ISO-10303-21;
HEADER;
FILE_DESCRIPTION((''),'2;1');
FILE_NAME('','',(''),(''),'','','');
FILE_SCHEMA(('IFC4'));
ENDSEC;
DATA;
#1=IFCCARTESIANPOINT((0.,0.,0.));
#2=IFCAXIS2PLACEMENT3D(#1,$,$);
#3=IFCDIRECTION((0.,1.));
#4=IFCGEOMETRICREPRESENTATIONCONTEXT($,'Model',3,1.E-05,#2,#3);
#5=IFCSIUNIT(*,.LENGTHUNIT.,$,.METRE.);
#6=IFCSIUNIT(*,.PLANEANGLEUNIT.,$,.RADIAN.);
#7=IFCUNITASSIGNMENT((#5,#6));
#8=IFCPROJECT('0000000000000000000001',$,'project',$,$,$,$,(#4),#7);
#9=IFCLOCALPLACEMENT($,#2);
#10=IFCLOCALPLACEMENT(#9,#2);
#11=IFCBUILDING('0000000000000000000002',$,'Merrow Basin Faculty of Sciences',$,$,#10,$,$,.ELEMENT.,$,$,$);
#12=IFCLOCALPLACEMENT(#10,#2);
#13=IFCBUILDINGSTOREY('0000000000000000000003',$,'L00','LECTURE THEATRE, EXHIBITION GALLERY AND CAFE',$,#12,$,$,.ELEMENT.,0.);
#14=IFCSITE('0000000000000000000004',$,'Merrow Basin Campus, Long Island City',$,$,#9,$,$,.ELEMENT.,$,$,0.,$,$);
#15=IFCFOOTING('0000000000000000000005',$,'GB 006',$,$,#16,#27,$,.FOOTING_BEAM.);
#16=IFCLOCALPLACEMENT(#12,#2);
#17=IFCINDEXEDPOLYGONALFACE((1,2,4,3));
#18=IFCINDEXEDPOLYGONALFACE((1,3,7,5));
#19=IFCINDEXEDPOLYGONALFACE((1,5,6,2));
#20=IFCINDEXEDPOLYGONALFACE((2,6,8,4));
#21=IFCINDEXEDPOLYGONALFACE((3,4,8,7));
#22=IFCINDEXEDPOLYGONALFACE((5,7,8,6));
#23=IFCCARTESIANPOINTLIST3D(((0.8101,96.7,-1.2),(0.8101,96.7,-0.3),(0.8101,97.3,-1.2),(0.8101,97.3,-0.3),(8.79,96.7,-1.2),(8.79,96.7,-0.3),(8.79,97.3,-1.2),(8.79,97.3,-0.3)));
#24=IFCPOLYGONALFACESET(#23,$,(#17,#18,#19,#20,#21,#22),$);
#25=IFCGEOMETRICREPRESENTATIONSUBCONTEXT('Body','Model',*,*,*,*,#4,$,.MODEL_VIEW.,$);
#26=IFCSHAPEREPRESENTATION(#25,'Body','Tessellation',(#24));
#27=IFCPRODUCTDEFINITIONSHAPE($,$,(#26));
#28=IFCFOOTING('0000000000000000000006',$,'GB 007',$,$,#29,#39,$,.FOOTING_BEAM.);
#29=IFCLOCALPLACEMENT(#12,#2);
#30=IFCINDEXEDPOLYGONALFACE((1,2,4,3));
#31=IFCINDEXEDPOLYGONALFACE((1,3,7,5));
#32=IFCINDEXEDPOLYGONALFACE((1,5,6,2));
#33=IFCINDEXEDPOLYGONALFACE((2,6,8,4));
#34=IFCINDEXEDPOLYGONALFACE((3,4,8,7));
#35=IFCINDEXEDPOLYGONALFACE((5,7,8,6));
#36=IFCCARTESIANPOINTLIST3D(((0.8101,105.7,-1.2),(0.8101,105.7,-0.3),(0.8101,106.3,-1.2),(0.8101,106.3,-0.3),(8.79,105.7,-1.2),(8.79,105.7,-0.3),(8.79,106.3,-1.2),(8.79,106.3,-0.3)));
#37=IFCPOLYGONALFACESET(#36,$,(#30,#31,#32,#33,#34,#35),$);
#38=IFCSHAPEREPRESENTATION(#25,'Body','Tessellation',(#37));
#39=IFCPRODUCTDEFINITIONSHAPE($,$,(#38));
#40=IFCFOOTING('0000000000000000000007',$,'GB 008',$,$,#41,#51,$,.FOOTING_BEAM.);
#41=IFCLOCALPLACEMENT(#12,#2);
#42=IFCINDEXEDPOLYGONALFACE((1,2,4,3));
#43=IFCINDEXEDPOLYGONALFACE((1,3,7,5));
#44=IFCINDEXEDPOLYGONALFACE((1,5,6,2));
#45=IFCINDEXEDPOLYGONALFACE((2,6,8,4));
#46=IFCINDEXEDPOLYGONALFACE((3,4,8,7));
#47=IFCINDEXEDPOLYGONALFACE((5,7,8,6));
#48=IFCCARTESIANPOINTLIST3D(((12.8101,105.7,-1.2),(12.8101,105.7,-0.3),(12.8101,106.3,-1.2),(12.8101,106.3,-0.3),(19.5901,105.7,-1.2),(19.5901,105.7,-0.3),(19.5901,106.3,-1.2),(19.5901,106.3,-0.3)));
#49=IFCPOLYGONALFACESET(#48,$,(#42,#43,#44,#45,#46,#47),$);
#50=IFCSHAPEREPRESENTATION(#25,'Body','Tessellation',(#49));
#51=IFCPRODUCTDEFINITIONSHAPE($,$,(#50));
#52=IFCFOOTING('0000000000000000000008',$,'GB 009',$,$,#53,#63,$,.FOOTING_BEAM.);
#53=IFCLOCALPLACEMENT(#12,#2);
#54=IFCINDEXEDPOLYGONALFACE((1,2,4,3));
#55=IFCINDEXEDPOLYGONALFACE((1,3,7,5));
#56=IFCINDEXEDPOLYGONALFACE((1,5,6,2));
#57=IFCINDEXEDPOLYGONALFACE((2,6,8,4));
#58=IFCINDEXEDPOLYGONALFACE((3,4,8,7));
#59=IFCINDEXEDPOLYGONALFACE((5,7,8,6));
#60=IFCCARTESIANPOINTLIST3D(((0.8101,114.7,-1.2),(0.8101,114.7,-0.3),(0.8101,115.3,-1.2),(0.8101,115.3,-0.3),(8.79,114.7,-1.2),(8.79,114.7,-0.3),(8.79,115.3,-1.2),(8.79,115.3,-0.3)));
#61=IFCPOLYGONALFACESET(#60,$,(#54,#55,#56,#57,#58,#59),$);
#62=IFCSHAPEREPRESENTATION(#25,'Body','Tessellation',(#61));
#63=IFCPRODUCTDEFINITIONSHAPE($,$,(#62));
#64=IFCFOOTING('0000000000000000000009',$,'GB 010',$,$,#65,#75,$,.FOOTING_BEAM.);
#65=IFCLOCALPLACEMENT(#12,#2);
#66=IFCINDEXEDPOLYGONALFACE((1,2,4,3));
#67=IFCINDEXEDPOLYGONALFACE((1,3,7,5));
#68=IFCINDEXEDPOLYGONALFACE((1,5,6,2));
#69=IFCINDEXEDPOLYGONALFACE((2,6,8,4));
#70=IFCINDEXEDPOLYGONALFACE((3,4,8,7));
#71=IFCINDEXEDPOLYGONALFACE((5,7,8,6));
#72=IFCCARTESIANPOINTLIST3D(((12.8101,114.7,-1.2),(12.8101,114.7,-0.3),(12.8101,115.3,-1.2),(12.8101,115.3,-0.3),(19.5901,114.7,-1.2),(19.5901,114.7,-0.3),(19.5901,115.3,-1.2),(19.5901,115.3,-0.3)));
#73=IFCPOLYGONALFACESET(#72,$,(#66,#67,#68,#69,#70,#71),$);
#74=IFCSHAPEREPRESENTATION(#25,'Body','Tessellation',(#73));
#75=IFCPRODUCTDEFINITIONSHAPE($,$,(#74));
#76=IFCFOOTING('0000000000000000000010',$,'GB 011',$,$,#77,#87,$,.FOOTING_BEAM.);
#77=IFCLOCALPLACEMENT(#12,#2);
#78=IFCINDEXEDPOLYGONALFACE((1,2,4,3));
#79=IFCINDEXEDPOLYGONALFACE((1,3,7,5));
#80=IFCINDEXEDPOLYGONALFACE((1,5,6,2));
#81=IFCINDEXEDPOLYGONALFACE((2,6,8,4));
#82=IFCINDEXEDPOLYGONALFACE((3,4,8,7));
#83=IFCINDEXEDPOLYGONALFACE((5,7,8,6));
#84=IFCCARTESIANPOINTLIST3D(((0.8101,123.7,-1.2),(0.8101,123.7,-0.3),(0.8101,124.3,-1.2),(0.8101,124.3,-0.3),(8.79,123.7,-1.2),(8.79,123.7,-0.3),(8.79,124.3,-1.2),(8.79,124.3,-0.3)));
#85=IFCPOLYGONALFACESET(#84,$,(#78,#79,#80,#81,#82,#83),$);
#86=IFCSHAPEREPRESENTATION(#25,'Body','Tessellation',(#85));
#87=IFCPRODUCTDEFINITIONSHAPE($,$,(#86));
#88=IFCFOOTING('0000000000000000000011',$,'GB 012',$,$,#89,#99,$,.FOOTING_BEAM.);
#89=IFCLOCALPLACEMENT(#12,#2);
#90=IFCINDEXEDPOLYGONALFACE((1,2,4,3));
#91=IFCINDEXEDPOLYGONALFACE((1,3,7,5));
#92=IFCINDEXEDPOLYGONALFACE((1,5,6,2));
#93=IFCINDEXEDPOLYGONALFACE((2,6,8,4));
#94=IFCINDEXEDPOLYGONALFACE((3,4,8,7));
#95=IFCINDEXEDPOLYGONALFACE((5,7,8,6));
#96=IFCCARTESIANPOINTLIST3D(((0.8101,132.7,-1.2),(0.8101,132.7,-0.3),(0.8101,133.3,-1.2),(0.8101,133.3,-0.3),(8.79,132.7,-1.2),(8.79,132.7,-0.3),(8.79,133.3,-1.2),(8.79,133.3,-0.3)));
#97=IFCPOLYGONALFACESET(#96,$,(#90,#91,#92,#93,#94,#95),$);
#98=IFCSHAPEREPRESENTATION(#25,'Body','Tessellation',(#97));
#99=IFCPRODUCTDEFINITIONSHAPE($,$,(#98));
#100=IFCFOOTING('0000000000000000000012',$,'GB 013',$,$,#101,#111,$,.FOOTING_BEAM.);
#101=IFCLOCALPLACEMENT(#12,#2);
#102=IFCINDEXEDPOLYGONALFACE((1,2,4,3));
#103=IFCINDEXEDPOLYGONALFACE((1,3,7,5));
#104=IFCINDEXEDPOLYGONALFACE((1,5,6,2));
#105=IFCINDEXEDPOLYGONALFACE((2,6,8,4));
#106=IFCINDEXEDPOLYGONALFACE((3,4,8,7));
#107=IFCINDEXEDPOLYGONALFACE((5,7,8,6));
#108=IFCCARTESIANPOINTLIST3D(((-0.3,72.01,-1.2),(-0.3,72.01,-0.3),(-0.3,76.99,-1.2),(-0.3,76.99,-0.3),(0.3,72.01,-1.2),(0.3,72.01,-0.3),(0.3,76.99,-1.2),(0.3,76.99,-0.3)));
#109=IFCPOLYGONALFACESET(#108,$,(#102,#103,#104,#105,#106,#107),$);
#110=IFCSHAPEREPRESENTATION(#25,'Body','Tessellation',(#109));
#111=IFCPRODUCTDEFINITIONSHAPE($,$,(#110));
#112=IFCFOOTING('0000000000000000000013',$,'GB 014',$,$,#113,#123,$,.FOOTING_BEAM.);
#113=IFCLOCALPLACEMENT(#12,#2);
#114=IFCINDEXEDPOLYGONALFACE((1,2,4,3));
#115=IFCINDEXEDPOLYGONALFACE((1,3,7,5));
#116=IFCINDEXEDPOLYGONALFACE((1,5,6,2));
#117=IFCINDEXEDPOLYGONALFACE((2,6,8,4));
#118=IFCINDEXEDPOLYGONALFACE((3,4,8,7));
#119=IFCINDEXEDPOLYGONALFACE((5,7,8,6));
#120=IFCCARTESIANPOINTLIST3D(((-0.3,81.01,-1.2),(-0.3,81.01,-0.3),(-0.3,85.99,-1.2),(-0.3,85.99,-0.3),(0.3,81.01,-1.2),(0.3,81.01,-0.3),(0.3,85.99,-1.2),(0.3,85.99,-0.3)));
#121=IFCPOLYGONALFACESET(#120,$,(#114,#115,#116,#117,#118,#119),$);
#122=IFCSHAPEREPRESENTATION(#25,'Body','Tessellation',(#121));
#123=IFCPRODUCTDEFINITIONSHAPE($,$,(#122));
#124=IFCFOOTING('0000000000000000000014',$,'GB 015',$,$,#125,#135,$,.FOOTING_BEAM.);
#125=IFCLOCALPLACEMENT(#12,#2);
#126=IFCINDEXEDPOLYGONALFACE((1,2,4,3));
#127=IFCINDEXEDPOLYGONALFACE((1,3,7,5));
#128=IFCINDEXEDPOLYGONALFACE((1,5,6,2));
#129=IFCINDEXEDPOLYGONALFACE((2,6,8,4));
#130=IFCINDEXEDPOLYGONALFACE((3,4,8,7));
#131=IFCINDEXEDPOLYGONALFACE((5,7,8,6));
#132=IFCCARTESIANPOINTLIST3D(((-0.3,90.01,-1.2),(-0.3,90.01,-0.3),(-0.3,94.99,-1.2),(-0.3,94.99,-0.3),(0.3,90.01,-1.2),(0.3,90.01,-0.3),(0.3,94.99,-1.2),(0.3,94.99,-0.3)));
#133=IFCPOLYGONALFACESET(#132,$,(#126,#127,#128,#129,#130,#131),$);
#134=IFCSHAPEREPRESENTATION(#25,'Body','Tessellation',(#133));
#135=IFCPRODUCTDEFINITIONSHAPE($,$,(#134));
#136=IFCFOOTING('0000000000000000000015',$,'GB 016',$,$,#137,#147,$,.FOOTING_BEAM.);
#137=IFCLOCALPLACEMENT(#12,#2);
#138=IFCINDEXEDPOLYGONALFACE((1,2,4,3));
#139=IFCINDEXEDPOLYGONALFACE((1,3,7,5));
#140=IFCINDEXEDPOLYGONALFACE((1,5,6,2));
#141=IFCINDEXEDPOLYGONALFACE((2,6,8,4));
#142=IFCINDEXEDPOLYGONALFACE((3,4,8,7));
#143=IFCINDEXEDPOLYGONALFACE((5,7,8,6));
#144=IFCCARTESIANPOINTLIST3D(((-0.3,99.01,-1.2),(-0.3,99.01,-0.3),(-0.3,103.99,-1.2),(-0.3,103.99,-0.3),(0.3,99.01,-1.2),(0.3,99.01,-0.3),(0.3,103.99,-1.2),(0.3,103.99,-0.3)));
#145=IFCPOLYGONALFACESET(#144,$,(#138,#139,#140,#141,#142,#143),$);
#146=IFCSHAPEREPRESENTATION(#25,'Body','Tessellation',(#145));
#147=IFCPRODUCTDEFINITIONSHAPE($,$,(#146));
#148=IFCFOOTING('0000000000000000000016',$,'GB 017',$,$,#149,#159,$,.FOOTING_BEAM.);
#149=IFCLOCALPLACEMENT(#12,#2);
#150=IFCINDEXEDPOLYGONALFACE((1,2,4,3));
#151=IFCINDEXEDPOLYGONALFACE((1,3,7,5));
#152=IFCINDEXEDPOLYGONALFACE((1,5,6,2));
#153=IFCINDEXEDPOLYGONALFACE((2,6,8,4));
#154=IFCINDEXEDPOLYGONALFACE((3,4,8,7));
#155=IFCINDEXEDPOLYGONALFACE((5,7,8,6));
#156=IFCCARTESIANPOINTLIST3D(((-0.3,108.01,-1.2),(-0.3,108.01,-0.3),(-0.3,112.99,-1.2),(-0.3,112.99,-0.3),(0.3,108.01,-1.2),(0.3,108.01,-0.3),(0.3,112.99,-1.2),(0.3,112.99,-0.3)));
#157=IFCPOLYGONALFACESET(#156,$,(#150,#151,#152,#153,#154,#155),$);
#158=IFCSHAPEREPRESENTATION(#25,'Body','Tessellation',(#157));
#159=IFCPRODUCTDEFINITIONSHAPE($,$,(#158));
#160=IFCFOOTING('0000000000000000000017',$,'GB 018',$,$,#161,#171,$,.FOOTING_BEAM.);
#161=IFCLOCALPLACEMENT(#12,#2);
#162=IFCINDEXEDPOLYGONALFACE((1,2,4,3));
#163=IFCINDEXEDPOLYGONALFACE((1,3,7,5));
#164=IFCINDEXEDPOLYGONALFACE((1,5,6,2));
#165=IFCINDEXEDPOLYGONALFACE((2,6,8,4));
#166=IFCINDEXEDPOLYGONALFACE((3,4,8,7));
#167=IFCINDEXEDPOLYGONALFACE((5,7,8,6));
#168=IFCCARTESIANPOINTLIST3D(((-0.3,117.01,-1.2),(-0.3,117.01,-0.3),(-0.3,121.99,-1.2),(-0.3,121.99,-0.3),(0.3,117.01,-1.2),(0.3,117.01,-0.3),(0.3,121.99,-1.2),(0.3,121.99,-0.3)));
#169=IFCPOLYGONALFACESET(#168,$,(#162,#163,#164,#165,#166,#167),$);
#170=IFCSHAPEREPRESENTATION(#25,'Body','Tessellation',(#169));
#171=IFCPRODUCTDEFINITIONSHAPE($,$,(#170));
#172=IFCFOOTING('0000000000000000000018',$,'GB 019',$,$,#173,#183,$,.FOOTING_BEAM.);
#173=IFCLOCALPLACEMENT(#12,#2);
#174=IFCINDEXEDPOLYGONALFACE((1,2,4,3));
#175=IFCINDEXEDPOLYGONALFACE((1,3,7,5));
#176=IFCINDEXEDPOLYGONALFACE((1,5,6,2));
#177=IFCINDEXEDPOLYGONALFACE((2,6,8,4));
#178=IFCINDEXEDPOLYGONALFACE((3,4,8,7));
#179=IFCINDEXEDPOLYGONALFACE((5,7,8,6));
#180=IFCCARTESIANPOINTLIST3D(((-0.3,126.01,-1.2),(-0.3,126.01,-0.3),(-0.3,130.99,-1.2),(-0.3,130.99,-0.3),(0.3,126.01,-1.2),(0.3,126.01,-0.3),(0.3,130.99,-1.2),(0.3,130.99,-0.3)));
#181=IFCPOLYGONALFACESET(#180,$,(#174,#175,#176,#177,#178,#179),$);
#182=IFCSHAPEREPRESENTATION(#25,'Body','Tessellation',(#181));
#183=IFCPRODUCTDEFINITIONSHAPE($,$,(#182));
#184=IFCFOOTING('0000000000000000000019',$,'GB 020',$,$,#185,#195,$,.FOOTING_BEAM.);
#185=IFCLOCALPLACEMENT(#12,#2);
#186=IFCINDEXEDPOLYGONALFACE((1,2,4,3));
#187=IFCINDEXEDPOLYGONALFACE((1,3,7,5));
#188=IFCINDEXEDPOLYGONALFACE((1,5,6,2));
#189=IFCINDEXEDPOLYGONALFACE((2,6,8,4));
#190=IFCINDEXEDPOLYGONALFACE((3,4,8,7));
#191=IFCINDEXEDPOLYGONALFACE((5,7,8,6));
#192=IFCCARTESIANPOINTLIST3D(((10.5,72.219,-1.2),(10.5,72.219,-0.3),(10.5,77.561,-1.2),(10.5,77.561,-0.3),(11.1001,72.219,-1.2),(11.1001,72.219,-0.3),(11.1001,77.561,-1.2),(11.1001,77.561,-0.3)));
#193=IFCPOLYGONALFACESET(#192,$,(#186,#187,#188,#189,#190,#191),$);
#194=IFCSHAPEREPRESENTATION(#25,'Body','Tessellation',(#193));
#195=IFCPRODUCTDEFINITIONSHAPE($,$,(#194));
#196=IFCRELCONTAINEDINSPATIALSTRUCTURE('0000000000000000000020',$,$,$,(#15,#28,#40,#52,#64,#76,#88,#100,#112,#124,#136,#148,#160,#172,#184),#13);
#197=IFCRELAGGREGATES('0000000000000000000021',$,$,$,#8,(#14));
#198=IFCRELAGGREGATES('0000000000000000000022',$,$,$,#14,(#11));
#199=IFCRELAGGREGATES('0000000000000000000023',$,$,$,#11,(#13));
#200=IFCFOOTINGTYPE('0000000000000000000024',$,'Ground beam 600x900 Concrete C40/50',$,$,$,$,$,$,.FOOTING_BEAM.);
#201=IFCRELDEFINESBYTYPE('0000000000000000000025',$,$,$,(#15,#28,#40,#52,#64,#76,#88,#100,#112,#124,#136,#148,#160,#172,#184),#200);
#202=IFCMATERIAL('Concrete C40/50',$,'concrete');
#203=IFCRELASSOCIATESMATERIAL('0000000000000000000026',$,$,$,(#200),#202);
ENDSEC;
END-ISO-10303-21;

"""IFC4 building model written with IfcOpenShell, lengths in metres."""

from ifc_helpers import new_model, si_unit, direction, frame, origin, place, context, subcontext, project, spatial, polyline, outline, extrude, material, type_object, element, save


model = new_model("IFC4")

# Units and contexts
model_context = context("Model", 3, precision=1e-05, world=origin(), true_north=direction((0.0, 1.0)))
body_context = subcontext(model_context, "Body", "Model", "MODEL_VIEW")
ifc_project = project(units=[si_unit("LENGTHUNIT", "METRE"), si_unit("PLANEANGLEUNIT", "RADIAN")], contexts=[model_context])

# Site, building, storey
site_placement = place(None, origin())
site = spatial("IfcSite", under=ifc_project, at=site_placement, Name="Merrow Basin Campus, Long Island City", CompositionType="ELEMENT", RefElevation=0.0)
building_placement = place(site_placement, origin())
building = spatial("IfcBuilding", under=site, at=building_placement, Name="Merrow Basin Faculty of Sciences", CompositionType="ELEMENT")
storey_placement = place(building_placement, origin())
storey = spatial("IfcBuildingStorey", under=building, at=storey_placement, Name="L00", Description="LECTURE THEATRE, EXHIBITION GALLERY AND CAFE", CompositionType="ELEMENT", Elevation=0.0)

# Footings
ifc_material = material(Name="Concrete C40/50", Category="concrete")
footing_type = type_object("IfcFootingType", Name="Ground beam 600x900 Concrete C40/50", PredefinedType="FOOTING_BEAM", material=ifc_material)
footing_1_placement = place(storey_placement, frame((0.0, 0.0, -1.2)))
element("IfcFooting", 1, at=footing_1_placement, inside=storey, type_object=footing_type, Name="GB 006", PredefinedType="FOOTING_BEAM", context=body_context, shape_type="SweptSolid", body=[
    extrude(outline(polyline([(0.8101, 96.7), (8.79, 96.7), (8.79, 97.3), (0.8101, 97.3), (0.8101, 96.7)])), origin(), (0.0, 0.0, 1.0), 0.8999),
])
footing_2_placement = place(storey_placement, frame((0.0, 0.0, -1.2)))
element("IfcFooting", 2, at=footing_2_placement, inside=storey, type_object=footing_type, Name="GB 007", PredefinedType="FOOTING_BEAM", context=body_context, shape_type="SweptSolid", body=[
    extrude(outline(polyline([(0.8101, 105.7), (8.79, 105.7), (8.79, 106.3), (0.8101, 106.3), (0.8101, 105.7)])), origin(), (0.0, 0.0, 1.0), 0.8999),
])
footing_3_placement = place(storey_placement, frame((0.0, 0.0, -1.2)))
element("IfcFooting", 3, at=footing_3_placement, inside=storey, type_object=footing_type, Name="GB 008", PredefinedType="FOOTING_BEAM", context=body_context, shape_type="SweptSolid", body=[
    extrude(outline(polyline([(12.8101, 105.7), (19.5901, 105.7), (19.5901, 106.3), (12.8101, 106.3), (12.8101, 105.7)])), origin(), (0.0, 0.0, 1.0), 0.8999),
])
footing_4_placement = place(storey_placement, frame((0.0, 0.0, -1.2)))
element("IfcFooting", 4, at=footing_4_placement, inside=storey, type_object=footing_type, Name="GB 009", PredefinedType="FOOTING_BEAM", context=body_context, shape_type="SweptSolid", body=[
    extrude(outline(polyline([(0.8101, 114.7), (8.79, 114.7), (8.79, 115.3), (0.8101, 115.3), (0.8101, 114.7)])), origin(), (0.0, 0.0, 1.0), 0.8999),
])
footing_5_placement = place(storey_placement, frame((0.0, 0.0, -1.2)))
element("IfcFooting", 5, at=footing_5_placement, inside=storey, type_object=footing_type, Name="GB 010", PredefinedType="FOOTING_BEAM", context=body_context, shape_type="SweptSolid", body=[
    extrude(outline(polyline([(12.8101, 114.7), (19.5901, 114.7), (19.5901, 115.3), (12.8101, 115.3), (12.8101, 114.7)])), origin(), (0.0, 0.0, 1.0), 0.8999),
])
footing_6_placement = place(storey_placement, frame((0.0, 0.0, -1.2)))
element("IfcFooting", 6, at=footing_6_placement, inside=storey, type_object=footing_type, Name="GB 011", PredefinedType="FOOTING_BEAM", context=body_context, shape_type="SweptSolid", body=[
    extrude(outline(polyline([(0.8101, 123.7), (8.79, 123.7), (8.79, 124.3), (0.8101, 124.3), (0.8101, 123.7)])), origin(), (0.0, 0.0, 1.0), 0.8999),
])
footing_7_placement = place(storey_placement, frame((0.0, 0.0, -1.2)))
element("IfcFooting", 7, at=footing_7_placement, inside=storey, type_object=footing_type, Name="GB 012", PredefinedType="FOOTING_BEAM", context=body_context, shape_type="SweptSolid", body=[
    extrude(outline(polyline([(0.8101, 132.7), (8.79, 132.7), (8.79, 133.3), (0.8101, 133.3), (0.8101, 132.7)])), origin(), (0.0, 0.0, 1.0), 0.8999),
])
footing_8_placement = place(storey_placement, frame((0.0, 0.0, -1.2)))
element("IfcFooting", 8, at=footing_8_placement, inside=storey, type_object=footing_type, Name="GB 013", PredefinedType="FOOTING_BEAM", context=body_context, shape_type="SweptSolid", body=[
    extrude(outline(polyline([(-0.3, 72.01), (0.3, 72.01), (0.3, 76.99), (-0.3, 76.99), (-0.3, 72.01)])), origin(), (0.0, 0.0, 1.0), 0.8999),
])
footing_9_placement = place(storey_placement, frame((0.0, 0.0, -1.2)))
element("IfcFooting", 9, at=footing_9_placement, inside=storey, type_object=footing_type, Name="GB 014", PredefinedType="FOOTING_BEAM", context=body_context, shape_type="SweptSolid", body=[
    extrude(outline(polyline([(-0.3, 81.01), (0.3, 81.01), (0.3, 85.99), (-0.3, 85.99), (-0.3, 81.01)])), origin(), (0.0, 0.0, 1.0), 0.8999),
])
footing_10_placement = place(storey_placement, frame((0.0, 0.0, -1.2)))
element("IfcFooting", 10, at=footing_10_placement, inside=storey, type_object=footing_type, Name="GB 015", PredefinedType="FOOTING_BEAM", context=body_context, shape_type="SweptSolid", body=[
    extrude(outline(polyline([(-0.3, 90.01), (0.3, 90.01), (0.3, 94.99), (-0.3, 94.99), (-0.3, 90.01)])), origin(), (0.0, 0.0, 1.0), 0.8999),
])
footing_11_placement = place(storey_placement, frame((0.0, 0.0, -1.2)))
element("IfcFooting", 11, at=footing_11_placement, inside=storey, type_object=footing_type, Name="GB 016", PredefinedType="FOOTING_BEAM", context=body_context, shape_type="SweptSolid", body=[
    extrude(outline(polyline([(-0.3, 99.01), (0.3, 99.01), (0.3, 103.99), (-0.3, 103.99), (-0.3, 99.01)])), origin(), (0.0, 0.0, 1.0), 0.8999),
])
footing_12_placement = place(storey_placement, frame((0.0, 0.0, -1.2)))
element("IfcFooting", 12, at=footing_12_placement, inside=storey, type_object=footing_type, Name="GB 017", PredefinedType="FOOTING_BEAM", context=body_context, shape_type="SweptSolid", body=[
    extrude(outline(polyline([(-0.3, 108.01), (0.3, 108.01), (0.3, 112.99), (-0.3, 112.99), (-0.3, 108.01)])), origin(), (0.0, 0.0, 1.0), 0.8999),
])
footing_13_placement = place(storey_placement, frame((0.0, 0.0, -1.2)))
element("IfcFooting", 13, at=footing_13_placement, inside=storey, type_object=footing_type, Name="GB 018", PredefinedType="FOOTING_BEAM", context=body_context, shape_type="SweptSolid", body=[
    extrude(outline(polyline([(-0.3, 117.01), (0.3, 117.01), (0.3, 121.99), (-0.3, 121.99), (-0.3, 117.01)])), origin(), (0.0, 0.0, 1.0), 0.8999),
])
footing_14_placement = place(storey_placement, frame((0.0, 0.0, -1.2)))
element("IfcFooting", 14, at=footing_14_placement, inside=storey, type_object=footing_type, Name="GB 019", PredefinedType="FOOTING_BEAM", context=body_context, shape_type="SweptSolid", body=[
    extrude(outline(polyline([(-0.3, 126.01), (0.3, 126.01), (0.3, 130.99), (-0.3, 130.99), (-0.3, 126.01)])), origin(), (0.0, 0.0, 1.0), 0.8999),
])
footing_15_placement = place(storey_placement, frame((0.0, 0.0, -1.2)))
element("IfcFooting", 15, at=footing_15_placement, inside=storey, type_object=footing_type, Name="GB 020", PredefinedType="FOOTING_BEAM", context=body_context, shape_type="SweptSolid", body=[
    extrude(outline(polyline([(10.5, 72.219), (11.1001, 72.219), (11.1001, 77.561), (10.5, 77.561), (10.5, 72.219)])), origin(), (0.0, 0.0, 1.0), 0.8999),
])

save(model, "model.ifc")
